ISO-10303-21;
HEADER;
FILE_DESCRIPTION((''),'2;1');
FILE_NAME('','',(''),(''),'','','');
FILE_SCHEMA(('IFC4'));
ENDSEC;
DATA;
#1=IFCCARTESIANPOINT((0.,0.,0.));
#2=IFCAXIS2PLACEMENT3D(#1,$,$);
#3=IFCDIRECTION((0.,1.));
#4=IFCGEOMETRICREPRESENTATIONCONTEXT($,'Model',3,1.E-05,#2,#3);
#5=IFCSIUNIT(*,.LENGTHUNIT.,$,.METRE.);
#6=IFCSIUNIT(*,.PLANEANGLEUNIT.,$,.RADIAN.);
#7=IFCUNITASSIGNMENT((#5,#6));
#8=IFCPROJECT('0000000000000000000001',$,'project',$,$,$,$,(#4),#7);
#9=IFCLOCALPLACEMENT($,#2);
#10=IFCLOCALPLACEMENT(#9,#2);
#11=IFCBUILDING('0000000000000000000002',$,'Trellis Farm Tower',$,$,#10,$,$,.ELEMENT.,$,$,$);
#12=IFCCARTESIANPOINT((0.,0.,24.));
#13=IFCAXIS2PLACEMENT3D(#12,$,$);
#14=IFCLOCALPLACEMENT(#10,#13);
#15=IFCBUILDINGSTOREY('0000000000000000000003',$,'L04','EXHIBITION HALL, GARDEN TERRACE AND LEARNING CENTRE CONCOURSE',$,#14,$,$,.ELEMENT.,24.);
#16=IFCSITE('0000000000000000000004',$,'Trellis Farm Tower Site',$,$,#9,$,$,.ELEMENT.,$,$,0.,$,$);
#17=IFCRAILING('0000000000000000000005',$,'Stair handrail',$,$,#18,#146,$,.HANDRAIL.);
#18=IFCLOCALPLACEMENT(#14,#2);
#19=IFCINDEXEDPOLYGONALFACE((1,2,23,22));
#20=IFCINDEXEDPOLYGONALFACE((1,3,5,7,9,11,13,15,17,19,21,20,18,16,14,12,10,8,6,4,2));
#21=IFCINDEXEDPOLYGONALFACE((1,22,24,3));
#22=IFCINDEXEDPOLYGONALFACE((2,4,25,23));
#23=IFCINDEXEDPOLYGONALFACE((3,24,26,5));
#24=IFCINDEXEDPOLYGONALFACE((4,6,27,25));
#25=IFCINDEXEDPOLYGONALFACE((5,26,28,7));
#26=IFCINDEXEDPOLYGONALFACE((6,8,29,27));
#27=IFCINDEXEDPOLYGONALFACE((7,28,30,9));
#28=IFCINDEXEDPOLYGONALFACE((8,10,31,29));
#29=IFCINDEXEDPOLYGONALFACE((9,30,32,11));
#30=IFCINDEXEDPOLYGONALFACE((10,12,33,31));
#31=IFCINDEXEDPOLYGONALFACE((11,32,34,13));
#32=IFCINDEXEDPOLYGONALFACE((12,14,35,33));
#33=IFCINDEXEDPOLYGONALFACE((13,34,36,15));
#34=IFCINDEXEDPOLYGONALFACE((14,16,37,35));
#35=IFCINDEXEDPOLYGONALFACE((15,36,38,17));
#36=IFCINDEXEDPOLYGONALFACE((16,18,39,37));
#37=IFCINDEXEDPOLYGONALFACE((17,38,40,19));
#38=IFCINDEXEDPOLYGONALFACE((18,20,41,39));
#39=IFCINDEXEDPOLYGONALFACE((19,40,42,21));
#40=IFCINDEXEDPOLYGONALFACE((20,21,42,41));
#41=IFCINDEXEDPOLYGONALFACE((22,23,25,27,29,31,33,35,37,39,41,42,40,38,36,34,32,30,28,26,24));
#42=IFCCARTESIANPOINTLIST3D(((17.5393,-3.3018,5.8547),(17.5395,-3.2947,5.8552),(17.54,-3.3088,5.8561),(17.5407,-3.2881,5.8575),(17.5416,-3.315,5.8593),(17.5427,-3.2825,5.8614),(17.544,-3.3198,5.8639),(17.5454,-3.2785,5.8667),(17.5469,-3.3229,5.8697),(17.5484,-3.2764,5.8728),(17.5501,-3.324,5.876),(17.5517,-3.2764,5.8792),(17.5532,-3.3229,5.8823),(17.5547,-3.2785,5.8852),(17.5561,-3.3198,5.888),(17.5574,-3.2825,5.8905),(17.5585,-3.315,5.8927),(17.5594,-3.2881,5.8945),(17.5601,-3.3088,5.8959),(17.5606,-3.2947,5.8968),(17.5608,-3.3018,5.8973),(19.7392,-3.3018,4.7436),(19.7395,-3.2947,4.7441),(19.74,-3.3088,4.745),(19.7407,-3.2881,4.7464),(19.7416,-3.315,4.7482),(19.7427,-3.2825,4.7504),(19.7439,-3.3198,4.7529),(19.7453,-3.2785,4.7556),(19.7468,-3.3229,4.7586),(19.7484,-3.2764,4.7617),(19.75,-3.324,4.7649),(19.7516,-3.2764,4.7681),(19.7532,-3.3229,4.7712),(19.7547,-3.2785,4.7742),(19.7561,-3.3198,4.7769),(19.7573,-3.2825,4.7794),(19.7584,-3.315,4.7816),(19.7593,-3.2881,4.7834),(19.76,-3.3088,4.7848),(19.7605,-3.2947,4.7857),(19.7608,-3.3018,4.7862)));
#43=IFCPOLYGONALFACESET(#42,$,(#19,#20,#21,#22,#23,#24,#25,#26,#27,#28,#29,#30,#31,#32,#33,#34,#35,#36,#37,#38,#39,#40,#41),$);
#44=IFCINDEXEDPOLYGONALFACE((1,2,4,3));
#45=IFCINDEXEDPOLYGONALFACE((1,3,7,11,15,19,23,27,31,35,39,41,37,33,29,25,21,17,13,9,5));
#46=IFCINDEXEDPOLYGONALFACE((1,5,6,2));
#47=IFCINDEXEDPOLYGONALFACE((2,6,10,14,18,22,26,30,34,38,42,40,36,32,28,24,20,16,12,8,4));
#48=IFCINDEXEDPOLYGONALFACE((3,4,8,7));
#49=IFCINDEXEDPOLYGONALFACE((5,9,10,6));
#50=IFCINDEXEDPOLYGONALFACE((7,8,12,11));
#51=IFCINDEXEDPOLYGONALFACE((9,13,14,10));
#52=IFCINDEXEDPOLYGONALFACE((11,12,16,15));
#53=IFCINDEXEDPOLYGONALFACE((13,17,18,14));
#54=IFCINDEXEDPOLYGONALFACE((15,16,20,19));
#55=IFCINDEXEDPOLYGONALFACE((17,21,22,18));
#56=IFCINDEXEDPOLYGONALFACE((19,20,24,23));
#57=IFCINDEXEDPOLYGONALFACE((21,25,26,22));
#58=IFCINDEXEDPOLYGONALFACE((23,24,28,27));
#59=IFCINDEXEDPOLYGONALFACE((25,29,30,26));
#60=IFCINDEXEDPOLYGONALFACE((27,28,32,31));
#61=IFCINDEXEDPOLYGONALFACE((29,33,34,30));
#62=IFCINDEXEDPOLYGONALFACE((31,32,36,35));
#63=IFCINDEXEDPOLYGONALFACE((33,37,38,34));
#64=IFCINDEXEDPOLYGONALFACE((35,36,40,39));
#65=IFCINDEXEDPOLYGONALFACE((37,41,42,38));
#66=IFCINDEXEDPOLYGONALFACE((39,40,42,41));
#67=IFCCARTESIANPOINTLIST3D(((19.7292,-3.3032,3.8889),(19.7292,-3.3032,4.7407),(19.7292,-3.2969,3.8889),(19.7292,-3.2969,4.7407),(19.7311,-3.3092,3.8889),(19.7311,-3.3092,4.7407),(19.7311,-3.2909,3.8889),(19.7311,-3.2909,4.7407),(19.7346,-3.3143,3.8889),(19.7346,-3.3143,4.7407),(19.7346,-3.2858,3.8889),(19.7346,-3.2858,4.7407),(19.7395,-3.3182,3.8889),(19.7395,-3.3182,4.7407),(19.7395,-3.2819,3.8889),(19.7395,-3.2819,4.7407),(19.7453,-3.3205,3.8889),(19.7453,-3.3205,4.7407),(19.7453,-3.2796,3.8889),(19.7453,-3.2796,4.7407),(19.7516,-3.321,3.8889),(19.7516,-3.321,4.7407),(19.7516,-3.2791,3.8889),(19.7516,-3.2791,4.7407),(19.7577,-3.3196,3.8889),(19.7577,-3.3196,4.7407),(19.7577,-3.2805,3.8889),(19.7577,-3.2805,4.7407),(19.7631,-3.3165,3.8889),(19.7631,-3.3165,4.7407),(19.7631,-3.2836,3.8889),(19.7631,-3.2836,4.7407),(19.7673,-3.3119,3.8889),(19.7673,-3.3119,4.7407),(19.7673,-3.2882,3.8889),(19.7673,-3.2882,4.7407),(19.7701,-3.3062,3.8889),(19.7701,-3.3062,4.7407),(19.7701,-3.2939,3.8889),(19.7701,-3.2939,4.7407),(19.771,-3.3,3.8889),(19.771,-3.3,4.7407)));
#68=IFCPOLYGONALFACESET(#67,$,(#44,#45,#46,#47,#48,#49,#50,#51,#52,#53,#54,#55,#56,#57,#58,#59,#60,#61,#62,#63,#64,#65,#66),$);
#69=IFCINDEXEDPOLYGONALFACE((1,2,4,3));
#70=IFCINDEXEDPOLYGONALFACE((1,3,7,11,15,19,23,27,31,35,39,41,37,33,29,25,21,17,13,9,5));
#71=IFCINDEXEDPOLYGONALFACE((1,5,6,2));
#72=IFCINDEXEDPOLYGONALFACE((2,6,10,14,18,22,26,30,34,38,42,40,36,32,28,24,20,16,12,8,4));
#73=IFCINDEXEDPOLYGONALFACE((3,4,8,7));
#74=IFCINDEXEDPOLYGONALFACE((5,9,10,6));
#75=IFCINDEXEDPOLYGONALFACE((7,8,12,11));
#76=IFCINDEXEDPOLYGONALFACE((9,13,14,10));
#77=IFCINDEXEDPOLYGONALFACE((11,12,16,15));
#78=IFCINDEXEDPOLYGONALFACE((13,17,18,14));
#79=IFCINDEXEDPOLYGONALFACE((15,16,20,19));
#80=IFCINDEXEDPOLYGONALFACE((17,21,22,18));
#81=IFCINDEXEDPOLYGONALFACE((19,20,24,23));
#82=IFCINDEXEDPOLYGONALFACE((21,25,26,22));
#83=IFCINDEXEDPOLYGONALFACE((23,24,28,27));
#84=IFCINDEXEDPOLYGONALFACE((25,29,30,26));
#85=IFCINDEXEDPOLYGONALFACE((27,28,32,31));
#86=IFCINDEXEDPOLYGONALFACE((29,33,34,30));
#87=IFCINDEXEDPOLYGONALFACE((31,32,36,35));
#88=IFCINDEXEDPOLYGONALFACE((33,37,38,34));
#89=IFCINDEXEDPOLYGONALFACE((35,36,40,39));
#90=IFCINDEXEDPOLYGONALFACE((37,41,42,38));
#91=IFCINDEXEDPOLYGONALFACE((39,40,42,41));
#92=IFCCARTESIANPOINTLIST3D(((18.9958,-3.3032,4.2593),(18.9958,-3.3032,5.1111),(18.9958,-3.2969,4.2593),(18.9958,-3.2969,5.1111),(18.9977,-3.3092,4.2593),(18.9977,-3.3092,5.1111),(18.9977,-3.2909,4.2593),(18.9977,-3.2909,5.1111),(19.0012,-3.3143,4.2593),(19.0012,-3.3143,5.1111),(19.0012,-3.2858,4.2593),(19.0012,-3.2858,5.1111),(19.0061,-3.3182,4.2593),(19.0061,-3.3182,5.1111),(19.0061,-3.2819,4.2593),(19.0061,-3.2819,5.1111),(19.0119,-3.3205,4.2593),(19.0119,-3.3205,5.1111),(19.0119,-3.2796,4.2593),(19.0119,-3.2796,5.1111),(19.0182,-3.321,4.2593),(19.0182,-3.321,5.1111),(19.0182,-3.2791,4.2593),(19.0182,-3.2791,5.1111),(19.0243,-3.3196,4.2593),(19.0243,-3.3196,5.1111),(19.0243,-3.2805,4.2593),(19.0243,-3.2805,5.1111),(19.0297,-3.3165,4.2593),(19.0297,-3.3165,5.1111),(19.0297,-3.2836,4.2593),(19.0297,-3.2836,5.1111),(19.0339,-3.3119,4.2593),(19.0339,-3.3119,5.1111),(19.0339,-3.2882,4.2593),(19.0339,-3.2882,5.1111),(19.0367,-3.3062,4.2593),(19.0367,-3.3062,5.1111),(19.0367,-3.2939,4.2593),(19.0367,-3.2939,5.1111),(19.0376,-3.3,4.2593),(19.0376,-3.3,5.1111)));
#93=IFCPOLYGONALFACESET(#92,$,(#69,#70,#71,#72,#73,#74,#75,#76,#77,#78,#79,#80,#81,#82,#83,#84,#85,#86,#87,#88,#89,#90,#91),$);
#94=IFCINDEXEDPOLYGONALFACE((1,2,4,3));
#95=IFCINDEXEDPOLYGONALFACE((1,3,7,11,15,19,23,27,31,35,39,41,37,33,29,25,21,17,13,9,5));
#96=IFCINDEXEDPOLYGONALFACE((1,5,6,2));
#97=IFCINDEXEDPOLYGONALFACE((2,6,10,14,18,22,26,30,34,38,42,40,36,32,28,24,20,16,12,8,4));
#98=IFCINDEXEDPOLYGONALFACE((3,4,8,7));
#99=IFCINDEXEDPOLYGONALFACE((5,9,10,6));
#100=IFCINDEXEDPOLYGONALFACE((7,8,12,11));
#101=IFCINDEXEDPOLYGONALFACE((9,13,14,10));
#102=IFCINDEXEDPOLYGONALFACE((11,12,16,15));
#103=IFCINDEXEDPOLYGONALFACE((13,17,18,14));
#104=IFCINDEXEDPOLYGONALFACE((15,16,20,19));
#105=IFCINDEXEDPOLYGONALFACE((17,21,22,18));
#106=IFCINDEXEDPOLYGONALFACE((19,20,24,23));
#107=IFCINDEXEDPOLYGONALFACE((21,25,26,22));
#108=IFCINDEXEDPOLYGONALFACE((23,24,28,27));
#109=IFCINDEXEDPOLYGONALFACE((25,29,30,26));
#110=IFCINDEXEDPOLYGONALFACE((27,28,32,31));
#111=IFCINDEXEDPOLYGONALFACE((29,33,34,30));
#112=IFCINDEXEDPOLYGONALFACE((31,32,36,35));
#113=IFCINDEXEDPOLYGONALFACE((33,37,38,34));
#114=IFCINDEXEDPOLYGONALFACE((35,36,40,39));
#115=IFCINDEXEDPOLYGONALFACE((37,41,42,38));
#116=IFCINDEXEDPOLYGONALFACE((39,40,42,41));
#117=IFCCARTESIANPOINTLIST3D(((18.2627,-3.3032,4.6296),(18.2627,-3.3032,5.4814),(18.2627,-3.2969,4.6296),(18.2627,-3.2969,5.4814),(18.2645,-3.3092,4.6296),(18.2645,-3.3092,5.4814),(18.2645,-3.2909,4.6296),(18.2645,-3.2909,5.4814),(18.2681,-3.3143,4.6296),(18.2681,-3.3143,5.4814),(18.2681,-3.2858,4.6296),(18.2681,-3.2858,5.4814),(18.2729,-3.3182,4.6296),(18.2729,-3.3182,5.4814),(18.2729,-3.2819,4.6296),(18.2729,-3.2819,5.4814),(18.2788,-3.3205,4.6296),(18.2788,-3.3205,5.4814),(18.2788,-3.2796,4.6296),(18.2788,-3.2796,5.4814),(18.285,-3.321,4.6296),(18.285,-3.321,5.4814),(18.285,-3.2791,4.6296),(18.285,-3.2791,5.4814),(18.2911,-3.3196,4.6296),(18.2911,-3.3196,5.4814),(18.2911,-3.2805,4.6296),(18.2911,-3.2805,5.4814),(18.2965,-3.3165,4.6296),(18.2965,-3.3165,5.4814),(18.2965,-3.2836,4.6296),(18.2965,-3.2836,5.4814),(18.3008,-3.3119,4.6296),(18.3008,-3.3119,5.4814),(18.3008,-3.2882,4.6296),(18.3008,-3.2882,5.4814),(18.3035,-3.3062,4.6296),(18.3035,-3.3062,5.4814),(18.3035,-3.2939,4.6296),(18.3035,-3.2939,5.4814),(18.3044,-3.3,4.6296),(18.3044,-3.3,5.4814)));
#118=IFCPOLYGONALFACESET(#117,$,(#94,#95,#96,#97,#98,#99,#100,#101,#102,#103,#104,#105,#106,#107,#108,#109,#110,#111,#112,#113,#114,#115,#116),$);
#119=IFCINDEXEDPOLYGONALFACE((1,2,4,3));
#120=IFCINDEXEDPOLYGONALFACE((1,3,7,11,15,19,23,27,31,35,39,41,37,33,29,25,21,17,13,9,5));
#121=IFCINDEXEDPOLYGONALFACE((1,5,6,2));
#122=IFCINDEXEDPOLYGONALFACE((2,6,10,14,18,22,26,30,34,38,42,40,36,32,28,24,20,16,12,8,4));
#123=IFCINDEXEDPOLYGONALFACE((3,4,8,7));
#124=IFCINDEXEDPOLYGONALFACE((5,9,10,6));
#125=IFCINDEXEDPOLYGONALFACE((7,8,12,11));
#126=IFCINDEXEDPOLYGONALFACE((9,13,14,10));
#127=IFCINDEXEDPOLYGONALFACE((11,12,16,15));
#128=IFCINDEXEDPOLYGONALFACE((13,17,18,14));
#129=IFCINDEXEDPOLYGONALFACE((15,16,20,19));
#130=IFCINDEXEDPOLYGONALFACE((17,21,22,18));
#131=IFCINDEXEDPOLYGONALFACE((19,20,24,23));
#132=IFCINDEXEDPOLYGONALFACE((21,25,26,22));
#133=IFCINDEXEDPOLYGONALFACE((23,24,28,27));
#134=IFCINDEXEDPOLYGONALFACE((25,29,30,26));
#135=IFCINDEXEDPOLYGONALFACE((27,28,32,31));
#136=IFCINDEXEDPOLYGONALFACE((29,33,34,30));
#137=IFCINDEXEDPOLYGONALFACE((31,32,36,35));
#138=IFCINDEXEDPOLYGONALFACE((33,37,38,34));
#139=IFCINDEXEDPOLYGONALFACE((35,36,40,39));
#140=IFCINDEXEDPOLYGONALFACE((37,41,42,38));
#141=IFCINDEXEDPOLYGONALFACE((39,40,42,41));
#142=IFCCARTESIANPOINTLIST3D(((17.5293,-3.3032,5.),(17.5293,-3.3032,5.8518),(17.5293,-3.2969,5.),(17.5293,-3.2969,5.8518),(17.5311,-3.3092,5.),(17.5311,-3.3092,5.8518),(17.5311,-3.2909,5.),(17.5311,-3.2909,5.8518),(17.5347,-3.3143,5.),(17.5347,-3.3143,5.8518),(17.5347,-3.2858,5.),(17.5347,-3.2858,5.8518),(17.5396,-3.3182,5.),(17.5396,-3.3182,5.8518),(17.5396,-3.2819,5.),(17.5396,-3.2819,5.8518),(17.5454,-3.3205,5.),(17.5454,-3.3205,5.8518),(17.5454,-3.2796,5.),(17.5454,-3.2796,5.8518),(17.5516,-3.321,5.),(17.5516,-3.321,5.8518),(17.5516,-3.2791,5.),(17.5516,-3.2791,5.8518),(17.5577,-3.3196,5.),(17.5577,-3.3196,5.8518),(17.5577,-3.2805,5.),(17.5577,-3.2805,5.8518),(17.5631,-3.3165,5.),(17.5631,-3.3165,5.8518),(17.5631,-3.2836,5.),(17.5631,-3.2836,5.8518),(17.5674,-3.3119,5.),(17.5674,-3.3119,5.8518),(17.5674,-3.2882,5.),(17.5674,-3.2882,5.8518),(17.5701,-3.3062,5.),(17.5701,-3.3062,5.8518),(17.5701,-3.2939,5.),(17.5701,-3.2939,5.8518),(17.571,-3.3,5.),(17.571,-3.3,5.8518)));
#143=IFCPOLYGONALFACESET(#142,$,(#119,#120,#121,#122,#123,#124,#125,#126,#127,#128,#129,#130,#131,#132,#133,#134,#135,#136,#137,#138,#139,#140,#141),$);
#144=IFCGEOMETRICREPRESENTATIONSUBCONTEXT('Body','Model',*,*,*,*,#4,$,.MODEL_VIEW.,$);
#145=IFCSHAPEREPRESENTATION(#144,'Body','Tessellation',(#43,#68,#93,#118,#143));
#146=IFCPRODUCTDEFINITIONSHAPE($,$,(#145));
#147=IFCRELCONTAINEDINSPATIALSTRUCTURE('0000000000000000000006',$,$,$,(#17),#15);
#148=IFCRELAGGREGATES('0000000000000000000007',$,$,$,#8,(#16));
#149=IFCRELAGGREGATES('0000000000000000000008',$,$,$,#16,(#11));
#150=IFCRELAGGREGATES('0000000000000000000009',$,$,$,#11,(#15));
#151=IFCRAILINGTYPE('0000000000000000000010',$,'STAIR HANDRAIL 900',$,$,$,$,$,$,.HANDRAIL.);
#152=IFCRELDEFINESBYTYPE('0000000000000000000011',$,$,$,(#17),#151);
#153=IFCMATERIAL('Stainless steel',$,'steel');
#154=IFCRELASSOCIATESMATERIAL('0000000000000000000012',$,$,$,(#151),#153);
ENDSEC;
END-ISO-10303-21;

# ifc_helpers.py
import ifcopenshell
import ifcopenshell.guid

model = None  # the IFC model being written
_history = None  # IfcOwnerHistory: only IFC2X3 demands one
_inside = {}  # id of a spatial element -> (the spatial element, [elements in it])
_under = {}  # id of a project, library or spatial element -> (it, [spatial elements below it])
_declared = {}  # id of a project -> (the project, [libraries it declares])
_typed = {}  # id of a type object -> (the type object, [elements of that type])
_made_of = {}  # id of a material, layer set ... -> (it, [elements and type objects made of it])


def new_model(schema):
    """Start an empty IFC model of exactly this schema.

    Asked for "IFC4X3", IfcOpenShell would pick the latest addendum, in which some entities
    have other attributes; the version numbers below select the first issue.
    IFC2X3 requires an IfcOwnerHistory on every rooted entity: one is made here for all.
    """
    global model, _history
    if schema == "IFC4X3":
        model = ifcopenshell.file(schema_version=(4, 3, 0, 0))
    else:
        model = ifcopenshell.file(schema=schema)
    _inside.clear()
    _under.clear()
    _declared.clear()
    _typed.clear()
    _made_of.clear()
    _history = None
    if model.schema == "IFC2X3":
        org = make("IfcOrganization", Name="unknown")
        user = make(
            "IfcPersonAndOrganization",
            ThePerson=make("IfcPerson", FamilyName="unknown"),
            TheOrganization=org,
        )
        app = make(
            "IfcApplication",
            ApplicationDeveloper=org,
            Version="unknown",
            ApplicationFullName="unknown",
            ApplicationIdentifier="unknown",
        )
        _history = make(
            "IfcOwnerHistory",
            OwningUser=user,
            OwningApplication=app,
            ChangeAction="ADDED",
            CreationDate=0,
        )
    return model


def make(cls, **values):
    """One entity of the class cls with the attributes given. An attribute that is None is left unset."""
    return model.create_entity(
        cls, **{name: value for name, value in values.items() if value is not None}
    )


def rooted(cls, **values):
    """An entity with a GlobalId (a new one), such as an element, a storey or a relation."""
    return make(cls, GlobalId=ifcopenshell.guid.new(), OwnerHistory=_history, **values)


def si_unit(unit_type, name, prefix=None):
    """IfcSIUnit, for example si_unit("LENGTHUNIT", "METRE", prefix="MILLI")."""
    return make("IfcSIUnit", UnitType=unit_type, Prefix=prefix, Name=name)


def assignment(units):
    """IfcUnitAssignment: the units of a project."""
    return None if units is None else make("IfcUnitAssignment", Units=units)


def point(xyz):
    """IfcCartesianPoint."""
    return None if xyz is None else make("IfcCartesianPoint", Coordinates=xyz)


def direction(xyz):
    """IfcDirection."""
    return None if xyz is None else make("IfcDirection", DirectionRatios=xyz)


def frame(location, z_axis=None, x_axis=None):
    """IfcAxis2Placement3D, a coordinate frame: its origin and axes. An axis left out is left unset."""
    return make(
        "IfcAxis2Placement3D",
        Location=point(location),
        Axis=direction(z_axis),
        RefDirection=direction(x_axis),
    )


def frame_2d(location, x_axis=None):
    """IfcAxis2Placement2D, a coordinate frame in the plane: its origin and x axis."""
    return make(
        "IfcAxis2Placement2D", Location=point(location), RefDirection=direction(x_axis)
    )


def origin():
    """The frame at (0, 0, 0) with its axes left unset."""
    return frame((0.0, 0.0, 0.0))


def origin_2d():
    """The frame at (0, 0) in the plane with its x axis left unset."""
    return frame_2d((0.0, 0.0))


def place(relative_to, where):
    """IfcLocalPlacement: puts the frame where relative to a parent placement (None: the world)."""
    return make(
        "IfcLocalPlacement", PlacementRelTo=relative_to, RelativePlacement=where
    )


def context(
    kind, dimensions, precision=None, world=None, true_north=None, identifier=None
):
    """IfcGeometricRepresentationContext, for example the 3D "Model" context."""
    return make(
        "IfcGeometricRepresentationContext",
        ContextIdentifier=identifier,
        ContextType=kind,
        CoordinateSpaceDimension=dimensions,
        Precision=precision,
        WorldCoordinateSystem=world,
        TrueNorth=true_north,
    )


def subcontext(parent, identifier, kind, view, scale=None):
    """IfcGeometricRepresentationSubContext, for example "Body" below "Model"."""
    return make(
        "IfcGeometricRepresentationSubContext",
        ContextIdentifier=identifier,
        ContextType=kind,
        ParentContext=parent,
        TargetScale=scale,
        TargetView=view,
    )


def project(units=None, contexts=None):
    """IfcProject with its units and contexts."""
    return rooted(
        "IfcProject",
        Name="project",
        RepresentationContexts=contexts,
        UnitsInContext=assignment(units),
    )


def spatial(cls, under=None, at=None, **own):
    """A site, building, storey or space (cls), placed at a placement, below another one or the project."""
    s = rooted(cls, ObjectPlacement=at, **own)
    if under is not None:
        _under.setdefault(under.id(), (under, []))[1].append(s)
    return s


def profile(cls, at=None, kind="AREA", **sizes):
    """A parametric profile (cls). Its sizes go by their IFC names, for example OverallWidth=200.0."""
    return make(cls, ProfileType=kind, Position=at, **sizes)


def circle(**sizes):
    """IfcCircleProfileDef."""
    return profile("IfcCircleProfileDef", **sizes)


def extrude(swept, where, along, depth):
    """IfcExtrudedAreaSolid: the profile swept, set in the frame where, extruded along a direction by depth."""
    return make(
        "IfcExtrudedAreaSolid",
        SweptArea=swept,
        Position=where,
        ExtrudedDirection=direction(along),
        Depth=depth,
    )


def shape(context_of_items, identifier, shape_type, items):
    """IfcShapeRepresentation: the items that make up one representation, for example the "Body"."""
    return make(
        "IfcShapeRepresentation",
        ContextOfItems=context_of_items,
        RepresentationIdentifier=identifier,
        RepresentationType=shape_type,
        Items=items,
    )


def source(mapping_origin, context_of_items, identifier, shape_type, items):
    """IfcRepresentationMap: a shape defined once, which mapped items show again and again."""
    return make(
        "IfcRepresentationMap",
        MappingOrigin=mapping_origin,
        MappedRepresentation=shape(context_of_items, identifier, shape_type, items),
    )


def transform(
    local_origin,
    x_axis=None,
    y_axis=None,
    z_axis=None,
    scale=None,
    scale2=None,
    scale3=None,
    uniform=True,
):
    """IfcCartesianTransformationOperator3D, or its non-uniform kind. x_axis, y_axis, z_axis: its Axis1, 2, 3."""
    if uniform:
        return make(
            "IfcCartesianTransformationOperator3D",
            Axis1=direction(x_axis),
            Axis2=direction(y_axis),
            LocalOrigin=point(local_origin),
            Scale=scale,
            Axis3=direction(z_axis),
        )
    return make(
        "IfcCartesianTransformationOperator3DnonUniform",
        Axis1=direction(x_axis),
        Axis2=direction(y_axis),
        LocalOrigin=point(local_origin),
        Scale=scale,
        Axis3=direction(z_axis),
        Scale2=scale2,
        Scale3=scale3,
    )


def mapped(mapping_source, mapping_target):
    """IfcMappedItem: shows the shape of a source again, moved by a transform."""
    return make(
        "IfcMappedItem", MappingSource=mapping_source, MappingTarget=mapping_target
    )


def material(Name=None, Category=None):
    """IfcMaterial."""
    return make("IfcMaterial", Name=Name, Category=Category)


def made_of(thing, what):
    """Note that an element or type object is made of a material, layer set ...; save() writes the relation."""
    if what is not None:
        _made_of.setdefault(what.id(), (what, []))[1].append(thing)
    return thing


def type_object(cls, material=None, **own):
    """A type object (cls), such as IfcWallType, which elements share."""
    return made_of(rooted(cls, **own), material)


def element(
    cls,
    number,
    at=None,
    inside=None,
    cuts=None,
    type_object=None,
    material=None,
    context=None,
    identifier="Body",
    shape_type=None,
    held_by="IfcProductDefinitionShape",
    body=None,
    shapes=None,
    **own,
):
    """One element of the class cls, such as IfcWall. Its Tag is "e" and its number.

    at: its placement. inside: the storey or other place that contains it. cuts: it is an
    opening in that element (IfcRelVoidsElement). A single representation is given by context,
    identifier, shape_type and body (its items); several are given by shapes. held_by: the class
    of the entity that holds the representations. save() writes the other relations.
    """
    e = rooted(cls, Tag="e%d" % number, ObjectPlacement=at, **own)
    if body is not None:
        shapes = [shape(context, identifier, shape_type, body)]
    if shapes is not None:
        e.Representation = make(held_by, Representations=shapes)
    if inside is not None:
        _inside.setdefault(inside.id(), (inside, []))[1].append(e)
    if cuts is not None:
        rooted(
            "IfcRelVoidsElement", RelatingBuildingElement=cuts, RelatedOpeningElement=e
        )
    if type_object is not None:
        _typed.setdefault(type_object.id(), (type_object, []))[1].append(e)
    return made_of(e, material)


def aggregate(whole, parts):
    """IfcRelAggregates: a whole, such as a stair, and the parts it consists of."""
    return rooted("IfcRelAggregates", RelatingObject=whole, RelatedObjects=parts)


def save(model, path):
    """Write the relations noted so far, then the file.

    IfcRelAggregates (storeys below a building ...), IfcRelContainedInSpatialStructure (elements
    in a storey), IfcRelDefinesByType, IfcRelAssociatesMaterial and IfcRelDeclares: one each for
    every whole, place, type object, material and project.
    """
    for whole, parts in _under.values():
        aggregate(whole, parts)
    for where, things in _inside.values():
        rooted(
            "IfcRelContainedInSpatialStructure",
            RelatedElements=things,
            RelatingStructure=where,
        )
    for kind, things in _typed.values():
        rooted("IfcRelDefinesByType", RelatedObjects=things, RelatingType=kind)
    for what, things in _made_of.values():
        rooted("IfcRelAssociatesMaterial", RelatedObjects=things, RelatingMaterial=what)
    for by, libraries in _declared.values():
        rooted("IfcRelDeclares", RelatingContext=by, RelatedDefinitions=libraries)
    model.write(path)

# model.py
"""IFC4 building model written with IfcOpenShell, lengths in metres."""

from ifc_helpers import new_model, si_unit, direction, frame, origin, origin_2d, place, context, subcontext, project, spatial, circle, extrude, source, transform, mapped, material, type_object, element, save


model = new_model("IFC4")

# Units and contexts
model_context = context("Model", 3, precision=1e-05, world=origin(), true_north=direction((0.0, 1.0)))
body_context = subcontext(model_context, "Body", "Model", "MODEL_VIEW")
ifc_project = project(units=[si_unit("LENGTHUNIT", "METRE"), si_unit("PLANEANGLEUNIT", "RADIAN")], contexts=[model_context])

# Site, building, storey
site_placement = place(None, origin())
site = spatial("IfcSite", under=ifc_project, at=site_placement, Name="Trellis Farm Tower Site", CompositionType="ELEMENT", RefElevation=0.0)
building_placement = place(site_placement, origin())
building = spatial("IfcBuilding", under=site, at=building_placement, Name="Trellis Farm Tower", CompositionType="ELEMENT")
storey_placement = place(building_placement, frame((0.0, 0.0, 24.0)))
storey = spatial("IfcBuildingStorey", under=building, at=storey_placement, Name="L04", Description="EXHIBITION HALL, GARDEN TERRACE AND LEARNING CENTRE CONCOURSE", CompositionType="ELEMENT", Elevation=24.0)

# Railing
ifc_material_1 = material(Name="Stainless steel", Category="steel")
railing_type = type_object("IfcRailingType", Name="STAIR HANDRAIL 900", PredefinedType="HANDRAIL", material=ifc_material_1)
shared_shape_1 = source(origin(), body_context, "Body", "SweptSolid", [
    extrude(circle(Radius=0.0239, at=origin_2d()), frame((0.0, 0.0, 0.876), z_axis=(-0.892617, 0.0, 0.450816), x_axis=(0.0, -1.0, 0.0)), (0.0, 0.0, 1.0), 2.4646),
    extrude(circle(Radius=0.021, at=origin_2d()), origin(), (0.0, 0.0, 1.0), 0.8518),
    extrude(circle(Radius=0.021, at=origin_2d()), frame((-0.7334, 0.0, 0.3704)), (0.0, 0.0, 1.0), 0.8518),
    extrude(circle(Radius=0.021, at=origin_2d()), frame((-1.4666, 0.0, 0.7407)), (0.0, 0.0, 1.0), 0.8518),
    extrude(circle(Radius=0.021, at=origin_2d()), frame((-2.2, 0.0, 1.1111)), (0.0, 0.0, 1.0), 0.8518),
])
for number, where, name in (
    (1, (19.75, -3.3, 3.8889), "Stair handrail"),
):
    element("IfcRailing", number, at=place(storey_placement, frame(where)), inside=storey, type_object=railing_type, Name=name, PredefinedType="HANDRAIL", context=body_context, shape_type="MappedRepresentation", body=[
        mapped(shared_shape_1, transform((0.0, 0.0, 0.0))),
    ])

save(model, "model.ifc")
